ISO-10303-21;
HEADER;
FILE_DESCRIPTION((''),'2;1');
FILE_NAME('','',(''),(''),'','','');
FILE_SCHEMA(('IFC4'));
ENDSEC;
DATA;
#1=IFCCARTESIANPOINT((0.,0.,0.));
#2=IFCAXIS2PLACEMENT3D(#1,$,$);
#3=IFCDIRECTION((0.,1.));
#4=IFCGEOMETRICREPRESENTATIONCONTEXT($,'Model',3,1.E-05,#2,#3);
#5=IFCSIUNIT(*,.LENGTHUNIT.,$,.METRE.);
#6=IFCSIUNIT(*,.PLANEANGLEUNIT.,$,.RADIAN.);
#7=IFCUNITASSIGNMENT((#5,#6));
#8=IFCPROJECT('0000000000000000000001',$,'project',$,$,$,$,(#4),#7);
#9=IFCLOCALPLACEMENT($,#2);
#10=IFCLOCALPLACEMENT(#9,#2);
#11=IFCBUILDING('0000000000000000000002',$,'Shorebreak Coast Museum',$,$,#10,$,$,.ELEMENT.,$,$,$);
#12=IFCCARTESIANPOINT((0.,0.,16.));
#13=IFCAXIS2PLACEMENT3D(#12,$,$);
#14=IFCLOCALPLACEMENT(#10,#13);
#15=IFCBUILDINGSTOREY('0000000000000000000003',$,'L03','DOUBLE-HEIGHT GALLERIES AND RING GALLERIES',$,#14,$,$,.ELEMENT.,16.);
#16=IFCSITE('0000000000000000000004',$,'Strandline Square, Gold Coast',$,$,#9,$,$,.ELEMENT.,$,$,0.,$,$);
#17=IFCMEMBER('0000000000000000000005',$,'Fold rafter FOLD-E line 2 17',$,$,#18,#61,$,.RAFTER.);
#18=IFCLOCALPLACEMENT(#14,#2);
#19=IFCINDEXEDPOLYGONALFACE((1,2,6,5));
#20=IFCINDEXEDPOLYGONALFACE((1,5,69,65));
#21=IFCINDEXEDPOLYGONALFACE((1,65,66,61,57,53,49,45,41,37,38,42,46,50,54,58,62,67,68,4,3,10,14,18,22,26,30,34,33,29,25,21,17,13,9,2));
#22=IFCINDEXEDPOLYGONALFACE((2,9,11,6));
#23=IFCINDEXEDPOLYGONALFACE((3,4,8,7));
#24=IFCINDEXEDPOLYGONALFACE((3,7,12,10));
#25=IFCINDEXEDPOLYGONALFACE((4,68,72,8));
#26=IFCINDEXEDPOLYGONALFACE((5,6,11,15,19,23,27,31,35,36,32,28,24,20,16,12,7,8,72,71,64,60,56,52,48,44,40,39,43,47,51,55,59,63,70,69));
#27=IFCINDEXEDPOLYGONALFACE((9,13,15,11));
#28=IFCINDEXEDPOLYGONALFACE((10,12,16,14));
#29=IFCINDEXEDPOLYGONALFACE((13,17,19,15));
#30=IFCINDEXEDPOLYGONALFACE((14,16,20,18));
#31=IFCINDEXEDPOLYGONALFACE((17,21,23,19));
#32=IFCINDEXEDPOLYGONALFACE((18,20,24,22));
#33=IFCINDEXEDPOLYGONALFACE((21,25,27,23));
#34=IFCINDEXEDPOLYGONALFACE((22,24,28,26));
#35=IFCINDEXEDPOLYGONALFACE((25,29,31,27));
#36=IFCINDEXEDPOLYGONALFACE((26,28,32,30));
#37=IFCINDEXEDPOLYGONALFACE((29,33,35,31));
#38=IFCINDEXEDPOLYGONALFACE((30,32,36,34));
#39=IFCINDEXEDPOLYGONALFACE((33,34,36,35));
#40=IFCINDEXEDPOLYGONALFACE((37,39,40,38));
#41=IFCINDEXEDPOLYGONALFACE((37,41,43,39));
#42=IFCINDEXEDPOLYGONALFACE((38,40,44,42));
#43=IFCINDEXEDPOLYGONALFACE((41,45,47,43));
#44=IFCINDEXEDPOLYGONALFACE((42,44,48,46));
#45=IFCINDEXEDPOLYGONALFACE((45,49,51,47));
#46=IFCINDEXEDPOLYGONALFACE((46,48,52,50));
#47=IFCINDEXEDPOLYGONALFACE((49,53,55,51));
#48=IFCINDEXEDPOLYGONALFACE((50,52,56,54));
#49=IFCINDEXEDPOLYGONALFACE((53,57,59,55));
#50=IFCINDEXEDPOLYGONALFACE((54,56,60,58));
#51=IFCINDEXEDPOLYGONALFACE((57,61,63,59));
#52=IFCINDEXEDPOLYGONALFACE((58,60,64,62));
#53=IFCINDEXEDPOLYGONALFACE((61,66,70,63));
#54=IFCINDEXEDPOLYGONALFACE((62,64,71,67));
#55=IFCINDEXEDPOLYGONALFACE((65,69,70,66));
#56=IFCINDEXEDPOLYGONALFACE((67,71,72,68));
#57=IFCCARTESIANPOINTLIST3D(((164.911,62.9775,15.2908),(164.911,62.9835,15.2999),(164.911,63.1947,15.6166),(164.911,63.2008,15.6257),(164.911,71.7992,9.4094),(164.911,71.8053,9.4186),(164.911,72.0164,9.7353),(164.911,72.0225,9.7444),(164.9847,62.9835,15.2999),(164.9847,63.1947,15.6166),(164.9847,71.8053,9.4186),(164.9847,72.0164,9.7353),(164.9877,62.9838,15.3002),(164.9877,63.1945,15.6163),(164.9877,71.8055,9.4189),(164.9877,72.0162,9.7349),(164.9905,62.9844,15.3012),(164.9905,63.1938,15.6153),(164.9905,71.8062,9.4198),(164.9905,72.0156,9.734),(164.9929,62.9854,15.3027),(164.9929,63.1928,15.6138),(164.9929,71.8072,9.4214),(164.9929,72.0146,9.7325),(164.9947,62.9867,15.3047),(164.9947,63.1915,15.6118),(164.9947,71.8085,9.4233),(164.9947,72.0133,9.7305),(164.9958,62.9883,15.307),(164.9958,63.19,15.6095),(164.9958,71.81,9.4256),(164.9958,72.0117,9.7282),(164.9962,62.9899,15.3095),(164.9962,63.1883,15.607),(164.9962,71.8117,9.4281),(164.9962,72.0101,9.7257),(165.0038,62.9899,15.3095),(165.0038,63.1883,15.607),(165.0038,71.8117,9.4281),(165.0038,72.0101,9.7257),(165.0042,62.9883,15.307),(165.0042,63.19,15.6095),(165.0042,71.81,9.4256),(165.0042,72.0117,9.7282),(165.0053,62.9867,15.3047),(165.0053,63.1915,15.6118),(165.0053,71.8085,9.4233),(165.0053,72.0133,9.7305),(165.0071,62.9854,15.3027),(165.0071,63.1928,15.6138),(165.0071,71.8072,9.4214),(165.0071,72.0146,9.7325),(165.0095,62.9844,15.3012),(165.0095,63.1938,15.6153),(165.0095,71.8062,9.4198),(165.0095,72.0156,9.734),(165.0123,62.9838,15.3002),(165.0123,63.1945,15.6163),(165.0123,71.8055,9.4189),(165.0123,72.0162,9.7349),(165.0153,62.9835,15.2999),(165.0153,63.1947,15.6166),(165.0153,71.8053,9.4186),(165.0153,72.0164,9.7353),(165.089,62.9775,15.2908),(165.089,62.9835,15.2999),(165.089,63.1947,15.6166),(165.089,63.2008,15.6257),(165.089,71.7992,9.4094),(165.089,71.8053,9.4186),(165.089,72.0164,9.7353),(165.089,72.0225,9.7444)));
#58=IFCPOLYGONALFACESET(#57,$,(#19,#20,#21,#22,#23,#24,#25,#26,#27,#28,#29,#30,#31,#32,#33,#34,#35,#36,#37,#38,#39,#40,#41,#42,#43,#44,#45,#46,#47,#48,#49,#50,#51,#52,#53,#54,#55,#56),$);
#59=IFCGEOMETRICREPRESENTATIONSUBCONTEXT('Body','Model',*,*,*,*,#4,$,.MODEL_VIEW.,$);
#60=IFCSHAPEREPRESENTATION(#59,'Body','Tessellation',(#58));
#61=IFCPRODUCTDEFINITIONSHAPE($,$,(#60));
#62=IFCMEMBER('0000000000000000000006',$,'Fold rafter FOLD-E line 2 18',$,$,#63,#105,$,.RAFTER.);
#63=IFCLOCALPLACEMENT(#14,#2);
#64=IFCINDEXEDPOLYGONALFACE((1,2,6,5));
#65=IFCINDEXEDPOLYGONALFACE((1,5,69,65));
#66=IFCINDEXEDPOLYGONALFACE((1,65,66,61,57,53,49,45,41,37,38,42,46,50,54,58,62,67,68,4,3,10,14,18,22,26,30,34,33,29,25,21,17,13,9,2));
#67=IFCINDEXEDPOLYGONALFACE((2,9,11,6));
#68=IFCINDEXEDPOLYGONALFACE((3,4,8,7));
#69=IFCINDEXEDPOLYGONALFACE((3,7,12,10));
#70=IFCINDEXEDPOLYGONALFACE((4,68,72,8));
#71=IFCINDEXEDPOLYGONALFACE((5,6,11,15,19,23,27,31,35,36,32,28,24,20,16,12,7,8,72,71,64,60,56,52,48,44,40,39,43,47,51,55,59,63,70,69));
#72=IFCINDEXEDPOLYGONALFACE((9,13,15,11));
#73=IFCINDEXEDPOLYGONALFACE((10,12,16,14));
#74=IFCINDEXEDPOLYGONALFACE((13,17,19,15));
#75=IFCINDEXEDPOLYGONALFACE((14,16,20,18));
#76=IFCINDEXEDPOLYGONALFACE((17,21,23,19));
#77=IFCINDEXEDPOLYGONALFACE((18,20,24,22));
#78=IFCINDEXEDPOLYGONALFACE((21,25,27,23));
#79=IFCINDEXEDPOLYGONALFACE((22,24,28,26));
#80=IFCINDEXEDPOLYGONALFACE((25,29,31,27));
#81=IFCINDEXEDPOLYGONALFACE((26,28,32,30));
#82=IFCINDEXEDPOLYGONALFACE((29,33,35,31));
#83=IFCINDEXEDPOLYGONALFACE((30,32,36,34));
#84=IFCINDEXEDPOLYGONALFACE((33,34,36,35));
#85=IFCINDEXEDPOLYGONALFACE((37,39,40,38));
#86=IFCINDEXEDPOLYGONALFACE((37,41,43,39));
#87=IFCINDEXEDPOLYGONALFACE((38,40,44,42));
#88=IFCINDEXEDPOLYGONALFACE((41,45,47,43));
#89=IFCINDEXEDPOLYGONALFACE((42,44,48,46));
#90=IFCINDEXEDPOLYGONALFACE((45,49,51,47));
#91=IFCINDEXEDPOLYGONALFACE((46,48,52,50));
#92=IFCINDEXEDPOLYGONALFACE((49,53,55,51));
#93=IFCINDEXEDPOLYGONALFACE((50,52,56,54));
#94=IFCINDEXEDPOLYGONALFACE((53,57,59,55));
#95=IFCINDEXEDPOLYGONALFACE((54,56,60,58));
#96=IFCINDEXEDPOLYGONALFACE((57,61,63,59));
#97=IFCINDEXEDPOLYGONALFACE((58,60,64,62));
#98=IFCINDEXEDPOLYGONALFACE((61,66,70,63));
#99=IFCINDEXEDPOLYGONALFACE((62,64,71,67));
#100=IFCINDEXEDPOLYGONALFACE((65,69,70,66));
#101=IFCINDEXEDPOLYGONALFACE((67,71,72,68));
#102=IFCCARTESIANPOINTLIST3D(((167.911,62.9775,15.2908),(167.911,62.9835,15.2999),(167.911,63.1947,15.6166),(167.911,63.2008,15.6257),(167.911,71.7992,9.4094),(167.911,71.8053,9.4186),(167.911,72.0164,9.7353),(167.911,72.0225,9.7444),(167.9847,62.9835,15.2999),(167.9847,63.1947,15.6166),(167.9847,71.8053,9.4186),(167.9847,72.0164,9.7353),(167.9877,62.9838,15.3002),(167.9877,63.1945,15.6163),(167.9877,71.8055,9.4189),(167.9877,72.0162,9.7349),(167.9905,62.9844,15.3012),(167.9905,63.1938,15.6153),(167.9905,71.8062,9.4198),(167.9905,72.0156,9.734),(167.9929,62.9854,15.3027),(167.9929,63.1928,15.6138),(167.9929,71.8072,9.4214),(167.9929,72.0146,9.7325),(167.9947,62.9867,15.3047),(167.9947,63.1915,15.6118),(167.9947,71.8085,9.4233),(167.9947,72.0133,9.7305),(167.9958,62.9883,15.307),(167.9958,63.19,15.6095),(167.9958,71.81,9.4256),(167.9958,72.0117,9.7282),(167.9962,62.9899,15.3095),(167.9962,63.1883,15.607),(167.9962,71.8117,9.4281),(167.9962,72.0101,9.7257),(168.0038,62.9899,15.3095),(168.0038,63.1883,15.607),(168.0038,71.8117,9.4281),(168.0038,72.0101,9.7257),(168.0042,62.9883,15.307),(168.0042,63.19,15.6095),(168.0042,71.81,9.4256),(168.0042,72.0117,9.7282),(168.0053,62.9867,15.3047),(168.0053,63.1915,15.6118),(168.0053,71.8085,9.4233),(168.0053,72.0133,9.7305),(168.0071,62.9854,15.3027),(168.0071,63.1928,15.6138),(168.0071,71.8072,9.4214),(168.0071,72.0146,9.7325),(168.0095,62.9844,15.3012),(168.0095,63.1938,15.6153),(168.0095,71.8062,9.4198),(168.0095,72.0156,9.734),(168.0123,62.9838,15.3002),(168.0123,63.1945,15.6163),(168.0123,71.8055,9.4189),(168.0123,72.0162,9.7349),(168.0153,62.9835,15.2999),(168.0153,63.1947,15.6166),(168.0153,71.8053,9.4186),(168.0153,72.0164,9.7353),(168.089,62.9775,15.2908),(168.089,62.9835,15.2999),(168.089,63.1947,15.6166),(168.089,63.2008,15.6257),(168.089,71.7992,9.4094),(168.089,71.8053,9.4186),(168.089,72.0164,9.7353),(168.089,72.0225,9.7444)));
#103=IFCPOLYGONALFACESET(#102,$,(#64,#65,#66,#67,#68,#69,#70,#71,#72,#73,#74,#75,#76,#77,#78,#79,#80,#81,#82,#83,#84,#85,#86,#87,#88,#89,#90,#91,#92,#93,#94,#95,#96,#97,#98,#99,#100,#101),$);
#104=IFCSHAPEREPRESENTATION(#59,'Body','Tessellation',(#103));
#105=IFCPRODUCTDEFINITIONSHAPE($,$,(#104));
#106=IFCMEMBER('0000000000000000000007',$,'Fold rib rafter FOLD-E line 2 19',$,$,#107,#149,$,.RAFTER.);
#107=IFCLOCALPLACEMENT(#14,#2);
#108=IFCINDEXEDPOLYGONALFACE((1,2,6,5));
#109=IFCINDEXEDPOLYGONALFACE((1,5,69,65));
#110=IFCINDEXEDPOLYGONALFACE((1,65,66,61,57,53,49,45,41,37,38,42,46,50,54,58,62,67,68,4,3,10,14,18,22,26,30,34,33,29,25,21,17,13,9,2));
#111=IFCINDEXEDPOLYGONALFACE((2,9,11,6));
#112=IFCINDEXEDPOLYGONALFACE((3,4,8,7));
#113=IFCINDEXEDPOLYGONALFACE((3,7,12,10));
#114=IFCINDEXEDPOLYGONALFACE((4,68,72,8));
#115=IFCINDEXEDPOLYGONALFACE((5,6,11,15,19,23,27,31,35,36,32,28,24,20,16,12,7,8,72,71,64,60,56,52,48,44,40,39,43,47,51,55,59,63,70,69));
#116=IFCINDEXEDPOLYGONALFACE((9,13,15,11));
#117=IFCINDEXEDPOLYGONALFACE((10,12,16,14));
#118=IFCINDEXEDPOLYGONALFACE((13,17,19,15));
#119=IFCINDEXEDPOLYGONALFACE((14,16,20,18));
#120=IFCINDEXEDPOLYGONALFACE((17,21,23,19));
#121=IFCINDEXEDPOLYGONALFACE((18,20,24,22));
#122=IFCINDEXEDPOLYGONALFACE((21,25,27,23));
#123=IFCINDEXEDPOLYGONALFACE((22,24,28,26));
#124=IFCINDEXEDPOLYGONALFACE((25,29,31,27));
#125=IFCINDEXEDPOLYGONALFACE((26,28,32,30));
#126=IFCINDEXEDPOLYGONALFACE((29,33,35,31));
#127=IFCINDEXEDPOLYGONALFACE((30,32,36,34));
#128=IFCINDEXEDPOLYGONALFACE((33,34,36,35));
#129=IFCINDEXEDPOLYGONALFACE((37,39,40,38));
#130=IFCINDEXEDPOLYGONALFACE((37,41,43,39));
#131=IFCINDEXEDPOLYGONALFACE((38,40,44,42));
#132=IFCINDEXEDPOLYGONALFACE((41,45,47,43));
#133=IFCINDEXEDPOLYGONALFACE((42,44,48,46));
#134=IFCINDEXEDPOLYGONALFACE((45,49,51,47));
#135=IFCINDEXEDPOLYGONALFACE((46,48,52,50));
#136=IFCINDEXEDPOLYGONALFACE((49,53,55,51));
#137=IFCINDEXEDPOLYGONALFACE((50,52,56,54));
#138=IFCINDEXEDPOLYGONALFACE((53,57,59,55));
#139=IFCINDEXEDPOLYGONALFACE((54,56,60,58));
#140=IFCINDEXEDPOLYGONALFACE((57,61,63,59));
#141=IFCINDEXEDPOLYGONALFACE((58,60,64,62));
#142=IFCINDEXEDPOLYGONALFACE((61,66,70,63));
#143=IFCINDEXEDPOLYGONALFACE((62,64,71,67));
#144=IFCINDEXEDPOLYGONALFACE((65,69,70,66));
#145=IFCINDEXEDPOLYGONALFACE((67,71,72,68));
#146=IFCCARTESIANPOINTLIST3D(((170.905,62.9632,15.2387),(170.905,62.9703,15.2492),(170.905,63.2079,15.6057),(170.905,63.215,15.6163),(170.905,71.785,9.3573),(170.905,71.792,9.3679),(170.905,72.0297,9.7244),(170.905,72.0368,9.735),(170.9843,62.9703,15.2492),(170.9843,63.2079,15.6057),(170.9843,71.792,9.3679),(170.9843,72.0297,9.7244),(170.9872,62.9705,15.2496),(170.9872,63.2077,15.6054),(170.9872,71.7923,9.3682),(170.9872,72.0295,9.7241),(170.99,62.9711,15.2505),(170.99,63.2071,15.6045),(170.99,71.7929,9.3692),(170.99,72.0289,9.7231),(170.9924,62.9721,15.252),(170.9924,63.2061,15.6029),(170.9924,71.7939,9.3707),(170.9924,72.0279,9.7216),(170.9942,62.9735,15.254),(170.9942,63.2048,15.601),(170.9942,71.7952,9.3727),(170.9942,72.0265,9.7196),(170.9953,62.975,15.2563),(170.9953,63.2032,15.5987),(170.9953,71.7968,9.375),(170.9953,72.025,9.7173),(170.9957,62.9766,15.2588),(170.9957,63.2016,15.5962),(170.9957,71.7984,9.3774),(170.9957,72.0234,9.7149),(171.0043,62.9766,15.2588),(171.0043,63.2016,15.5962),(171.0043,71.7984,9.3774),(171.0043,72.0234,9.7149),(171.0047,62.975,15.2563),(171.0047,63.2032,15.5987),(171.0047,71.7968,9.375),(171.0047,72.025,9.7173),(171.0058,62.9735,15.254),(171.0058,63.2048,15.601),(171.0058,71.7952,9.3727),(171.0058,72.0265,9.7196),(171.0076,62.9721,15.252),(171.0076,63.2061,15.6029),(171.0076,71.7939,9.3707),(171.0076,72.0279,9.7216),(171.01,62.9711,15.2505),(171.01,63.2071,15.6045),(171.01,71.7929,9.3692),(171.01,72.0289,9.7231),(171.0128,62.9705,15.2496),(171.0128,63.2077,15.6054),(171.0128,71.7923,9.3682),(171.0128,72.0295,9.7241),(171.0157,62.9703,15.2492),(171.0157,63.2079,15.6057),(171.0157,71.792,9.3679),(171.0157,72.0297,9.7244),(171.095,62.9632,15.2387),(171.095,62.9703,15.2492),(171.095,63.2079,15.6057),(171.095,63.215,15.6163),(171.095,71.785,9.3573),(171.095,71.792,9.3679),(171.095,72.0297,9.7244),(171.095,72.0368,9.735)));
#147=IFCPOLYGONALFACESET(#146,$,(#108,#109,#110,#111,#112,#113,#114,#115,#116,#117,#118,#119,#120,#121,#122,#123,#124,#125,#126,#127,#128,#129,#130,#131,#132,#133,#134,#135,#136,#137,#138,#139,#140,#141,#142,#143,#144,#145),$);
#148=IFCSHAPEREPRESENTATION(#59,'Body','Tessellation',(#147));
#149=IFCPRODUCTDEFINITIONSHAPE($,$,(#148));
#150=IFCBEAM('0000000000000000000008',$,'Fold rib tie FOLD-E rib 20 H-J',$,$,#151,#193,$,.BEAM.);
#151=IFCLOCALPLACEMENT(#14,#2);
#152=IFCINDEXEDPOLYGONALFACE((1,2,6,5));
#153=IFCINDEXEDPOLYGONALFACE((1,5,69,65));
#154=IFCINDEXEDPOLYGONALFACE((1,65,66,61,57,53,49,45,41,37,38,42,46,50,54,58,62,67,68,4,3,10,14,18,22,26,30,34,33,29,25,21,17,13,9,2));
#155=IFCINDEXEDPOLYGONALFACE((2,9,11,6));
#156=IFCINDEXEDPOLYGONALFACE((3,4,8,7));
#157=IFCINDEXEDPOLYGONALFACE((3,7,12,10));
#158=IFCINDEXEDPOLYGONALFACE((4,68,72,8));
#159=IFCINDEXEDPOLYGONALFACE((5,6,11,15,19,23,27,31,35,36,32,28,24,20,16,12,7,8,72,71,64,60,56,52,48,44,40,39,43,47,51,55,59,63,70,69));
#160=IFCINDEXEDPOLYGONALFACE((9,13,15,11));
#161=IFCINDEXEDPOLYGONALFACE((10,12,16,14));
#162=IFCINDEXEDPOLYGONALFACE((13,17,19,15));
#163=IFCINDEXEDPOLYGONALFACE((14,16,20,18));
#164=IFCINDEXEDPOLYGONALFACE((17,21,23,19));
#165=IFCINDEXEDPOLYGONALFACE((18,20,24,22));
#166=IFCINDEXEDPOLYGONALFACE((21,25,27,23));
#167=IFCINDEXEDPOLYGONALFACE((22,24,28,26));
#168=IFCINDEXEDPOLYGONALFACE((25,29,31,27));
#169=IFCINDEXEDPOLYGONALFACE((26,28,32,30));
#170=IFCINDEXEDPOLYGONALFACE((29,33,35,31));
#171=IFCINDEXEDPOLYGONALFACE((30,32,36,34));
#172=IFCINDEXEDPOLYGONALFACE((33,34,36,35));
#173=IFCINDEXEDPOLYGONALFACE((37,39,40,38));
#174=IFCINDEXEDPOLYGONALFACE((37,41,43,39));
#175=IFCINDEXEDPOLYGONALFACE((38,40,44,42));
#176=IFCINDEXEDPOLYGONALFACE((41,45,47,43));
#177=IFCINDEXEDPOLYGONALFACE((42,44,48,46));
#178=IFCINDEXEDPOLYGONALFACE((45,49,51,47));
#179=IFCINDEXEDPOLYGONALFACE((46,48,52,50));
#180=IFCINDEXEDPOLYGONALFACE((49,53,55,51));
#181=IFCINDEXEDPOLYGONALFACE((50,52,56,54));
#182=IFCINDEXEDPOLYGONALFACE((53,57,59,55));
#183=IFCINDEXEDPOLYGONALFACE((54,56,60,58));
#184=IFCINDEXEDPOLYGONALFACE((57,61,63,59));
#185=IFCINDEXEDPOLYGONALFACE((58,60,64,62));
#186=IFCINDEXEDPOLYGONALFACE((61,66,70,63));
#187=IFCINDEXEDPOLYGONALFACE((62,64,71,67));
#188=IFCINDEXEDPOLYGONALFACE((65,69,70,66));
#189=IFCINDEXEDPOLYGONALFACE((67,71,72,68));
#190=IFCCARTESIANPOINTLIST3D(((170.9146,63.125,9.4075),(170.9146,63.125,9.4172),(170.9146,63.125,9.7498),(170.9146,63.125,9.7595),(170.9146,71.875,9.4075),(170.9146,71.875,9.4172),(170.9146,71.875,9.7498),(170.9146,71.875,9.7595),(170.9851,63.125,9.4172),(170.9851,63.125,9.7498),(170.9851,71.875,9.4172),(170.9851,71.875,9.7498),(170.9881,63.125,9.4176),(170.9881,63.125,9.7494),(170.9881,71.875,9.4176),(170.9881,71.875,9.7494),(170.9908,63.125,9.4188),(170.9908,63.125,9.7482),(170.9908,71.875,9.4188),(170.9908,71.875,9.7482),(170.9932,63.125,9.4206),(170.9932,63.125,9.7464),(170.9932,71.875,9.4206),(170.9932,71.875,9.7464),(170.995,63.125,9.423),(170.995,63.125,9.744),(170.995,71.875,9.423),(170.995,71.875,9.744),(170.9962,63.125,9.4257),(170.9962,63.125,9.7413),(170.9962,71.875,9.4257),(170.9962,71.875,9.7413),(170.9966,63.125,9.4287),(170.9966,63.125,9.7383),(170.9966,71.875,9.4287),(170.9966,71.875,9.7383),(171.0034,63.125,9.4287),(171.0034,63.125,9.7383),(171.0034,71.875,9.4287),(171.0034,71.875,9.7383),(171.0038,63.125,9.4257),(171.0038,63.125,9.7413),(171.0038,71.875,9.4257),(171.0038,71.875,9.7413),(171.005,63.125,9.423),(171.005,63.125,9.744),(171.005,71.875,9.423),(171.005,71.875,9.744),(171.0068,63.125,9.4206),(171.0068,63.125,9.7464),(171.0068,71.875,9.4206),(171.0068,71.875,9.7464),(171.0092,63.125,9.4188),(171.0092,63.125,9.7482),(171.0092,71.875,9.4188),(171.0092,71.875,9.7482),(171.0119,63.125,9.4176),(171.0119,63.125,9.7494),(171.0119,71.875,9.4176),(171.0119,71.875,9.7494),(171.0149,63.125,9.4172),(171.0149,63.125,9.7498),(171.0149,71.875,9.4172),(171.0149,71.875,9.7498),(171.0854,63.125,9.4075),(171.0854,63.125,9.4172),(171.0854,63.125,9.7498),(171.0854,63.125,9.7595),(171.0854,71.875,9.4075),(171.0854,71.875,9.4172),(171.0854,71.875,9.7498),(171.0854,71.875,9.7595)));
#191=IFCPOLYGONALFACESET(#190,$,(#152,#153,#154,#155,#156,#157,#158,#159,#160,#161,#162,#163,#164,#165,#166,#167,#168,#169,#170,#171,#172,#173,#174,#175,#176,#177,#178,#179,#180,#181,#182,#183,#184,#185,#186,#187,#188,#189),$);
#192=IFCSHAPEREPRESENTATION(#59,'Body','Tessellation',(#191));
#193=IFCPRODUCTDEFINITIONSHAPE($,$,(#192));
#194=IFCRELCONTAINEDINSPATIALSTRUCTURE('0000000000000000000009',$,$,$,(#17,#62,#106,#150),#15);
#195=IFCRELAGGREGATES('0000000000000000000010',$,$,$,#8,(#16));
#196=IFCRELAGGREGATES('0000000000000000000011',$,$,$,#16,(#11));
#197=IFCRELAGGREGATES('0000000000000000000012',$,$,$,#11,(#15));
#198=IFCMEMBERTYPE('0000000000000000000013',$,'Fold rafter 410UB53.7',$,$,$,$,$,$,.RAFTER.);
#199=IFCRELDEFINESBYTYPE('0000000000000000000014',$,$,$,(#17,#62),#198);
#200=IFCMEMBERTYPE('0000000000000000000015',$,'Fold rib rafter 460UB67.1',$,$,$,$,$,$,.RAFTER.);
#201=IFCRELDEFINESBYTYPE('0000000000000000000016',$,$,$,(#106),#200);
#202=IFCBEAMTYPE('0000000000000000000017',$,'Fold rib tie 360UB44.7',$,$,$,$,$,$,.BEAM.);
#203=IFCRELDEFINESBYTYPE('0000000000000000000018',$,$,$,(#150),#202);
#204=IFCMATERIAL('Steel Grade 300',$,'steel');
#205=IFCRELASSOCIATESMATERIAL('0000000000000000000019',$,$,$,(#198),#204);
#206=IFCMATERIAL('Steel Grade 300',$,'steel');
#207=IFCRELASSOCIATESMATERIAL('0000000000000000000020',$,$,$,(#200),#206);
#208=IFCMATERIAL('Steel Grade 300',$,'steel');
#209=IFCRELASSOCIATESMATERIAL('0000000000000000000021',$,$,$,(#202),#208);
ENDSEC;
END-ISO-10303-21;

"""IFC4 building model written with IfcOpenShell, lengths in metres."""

from ifc_helpers import new_model, si_unit, direction, frame, origin, origin_2d, place, context, subcontext, project, spatial, i_section, extrude, material, material_profile, profile_set, type_object, element, save


model = new_model("IFC4")

# Units and contexts
model_context = context("Model", 3, precision=1e-05, world=origin(), true_north=direction((0.0, 1.0)))
body_context = subcontext(model_context, "Body", "Model", "MODEL_VIEW")
ifc_project = project(units=[si_unit("LENGTHUNIT", "METRE"), si_unit("PLANEANGLEUNIT", "RADIAN")], contexts=[model_context])

# Site, building, storey
site_placement = place(None, origin())
site = spatial("IfcSite", under=ifc_project, at=site_placement, Name="Strandline Square, Gold Coast", CompositionType="ELEMENT", RefElevation=0.0)
building_placement = place(site_placement, origin())
building = spatial("IfcBuilding", under=site, at=building_placement, Name="Shorebreak Coast Museum", CompositionType="ELEMENT")
storey_placement = place(building_placement, frame((0.0, 0.0, 16.0)))
storey = spatial("IfcBuildingStorey", under=building, at=storey_placement, Name="L03", Description="DOUBLE-HEIGHT GALLERIES AND RING GALLERIES", CompositionType="ELEMENT", Elevation=16.0)

# Members
ifc_material_1 = material(Name="Steel Grade 300", Category="steel")
ifc_material_profile_1 = material_profile(ifc_material_1, i_section(OverallWidth=0.178, OverallDepth=0.4026, WebThickness=0.0076, FlangeThickness=0.011, FilletRadius=0.0115, at=origin_2d()), Name="410UB53.7")
ifc_profile_set_1 = profile_set([ifc_material_profile_1], Name="Steel Grade 300")
member_type_1 = type_object("IfcMemberType", Name="Fold rafter 410UB53.7", PredefinedType="RAFTER", material=ifc_profile_set_1)
for number, where, z_axis, x_axis, name in (
    (1, (165.0, 63.0891, 15.4583), (0.0, 0.832043, -0.554711), (-1.0, 0.0, 0.0), "Fold rafter FOLD-E line 2 17"),
    (2, (168.0, 63.0891, 15.4583), (0.0, 0.832043, -0.554711), (-1.0, 0.0, 0.0), "Fold rafter FOLD-E line 2 18"),
):
    element("IfcMember", number, at=place(storey_placement, frame(where, z_axis=z_axis, x_axis=x_axis)), inside=storey, type_object=member_type_1, Name=name, PredefinedType="RAFTER", context=body_context, shape_type="SweptSolid", body=[
        extrude(i_section(OverallWidth=0.178, OverallDepth=0.4026, WebThickness=0.0076, FlangeThickness=0.011, FilletRadius=0.0115, at=origin_2d()), origin(), (0.0, 0.0, 1.0), 10.6025),
    ])
ifc_material_2 = material(Name="Steel Grade 300", Category="steel")
ifc_material_profile_2 = material_profile(ifc_material_2, i_section(OverallWidth=0.1899, OverallDepth=0.4539, WebThickness=0.0085, FlangeThickness=0.0127, FilletRadius=0.0115, at=origin_2d()), Name="460UB67.1")
ifc_profile_set_2 = profile_set([ifc_material_profile_2], Name="Steel Grade 300")
member_type_2 = type_object("IfcMemberType", Name="Fold rib rafter 460UB67.1", PredefinedType="RAFTER", material=ifc_profile_set_2)
member_1_placement = place(storey_placement, frame((171.0, 63.0891, 15.4275), z_axis=(0.0, 0.832043, -0.554711), x_axis=(-1.0, 0.0, 0.0)))
element("IfcMember", 3, at=member_1_placement, inside=storey, type_object=member_type_2, Name="Fold rib rafter FOLD-E line 2 19", PredefinedType="RAFTER", context=body_context, shape_type="SweptSolid", body=[
    extrude(i_section(OverallWidth=0.1899, OverallDepth=0.4539, WebThickness=0.0085, FlangeThickness=0.0127, FilletRadius=0.0115, at=origin_2d()), origin(), (0.0, 0.0, 1.0), 10.6025),
])

# Beam
ifc_material_3 = material(Name="Steel Grade 300", Category="steel")
ifc_material_profile_3 = material_profile(ifc_material_3, i_section(OverallWidth=0.1709, OverallDepth=0.3521, WebThickness=0.0068, FlangeThickness=0.0098, FilletRadius=0.0115, at=origin_2d()), Name="360UB44.7")
ifc_profile_set_3 = profile_set([ifc_material_profile_3], Name="Steel Grade 300")
beam_type_1 = type_object("IfcBeamType", Name="Fold rib tie 360UB44.7", PredefinedType="BEAM", material=ifc_profile_set_3)
for number, where, z_axis, x_axis, name in (
    (4, (171.0, 63.125, 9.5835), (0.0, 1.0, 0.0), (-1.0, 0.0, 0.0), "Fold rib tie FOLD-E rib 20 H-J"),
):
    element("IfcBeam", number, at=place(storey_placement, frame(where, z_axis=z_axis, x_axis=x_axis)), inside=storey, type_object=beam_type_1, Name=name, PredefinedType="BEAM", context=body_context, shape_type="SweptSolid", body=[
        extrude(i_section(OverallWidth=0.1709, OverallDepth=0.3521, WebThickness=0.0068, FlangeThickness=0.0098, FilletRadius=0.0115, at=origin_2d()), origin(), (0.0, 0.0, 1.0), 8.75),
    ])

save(model, "model.ifc")
